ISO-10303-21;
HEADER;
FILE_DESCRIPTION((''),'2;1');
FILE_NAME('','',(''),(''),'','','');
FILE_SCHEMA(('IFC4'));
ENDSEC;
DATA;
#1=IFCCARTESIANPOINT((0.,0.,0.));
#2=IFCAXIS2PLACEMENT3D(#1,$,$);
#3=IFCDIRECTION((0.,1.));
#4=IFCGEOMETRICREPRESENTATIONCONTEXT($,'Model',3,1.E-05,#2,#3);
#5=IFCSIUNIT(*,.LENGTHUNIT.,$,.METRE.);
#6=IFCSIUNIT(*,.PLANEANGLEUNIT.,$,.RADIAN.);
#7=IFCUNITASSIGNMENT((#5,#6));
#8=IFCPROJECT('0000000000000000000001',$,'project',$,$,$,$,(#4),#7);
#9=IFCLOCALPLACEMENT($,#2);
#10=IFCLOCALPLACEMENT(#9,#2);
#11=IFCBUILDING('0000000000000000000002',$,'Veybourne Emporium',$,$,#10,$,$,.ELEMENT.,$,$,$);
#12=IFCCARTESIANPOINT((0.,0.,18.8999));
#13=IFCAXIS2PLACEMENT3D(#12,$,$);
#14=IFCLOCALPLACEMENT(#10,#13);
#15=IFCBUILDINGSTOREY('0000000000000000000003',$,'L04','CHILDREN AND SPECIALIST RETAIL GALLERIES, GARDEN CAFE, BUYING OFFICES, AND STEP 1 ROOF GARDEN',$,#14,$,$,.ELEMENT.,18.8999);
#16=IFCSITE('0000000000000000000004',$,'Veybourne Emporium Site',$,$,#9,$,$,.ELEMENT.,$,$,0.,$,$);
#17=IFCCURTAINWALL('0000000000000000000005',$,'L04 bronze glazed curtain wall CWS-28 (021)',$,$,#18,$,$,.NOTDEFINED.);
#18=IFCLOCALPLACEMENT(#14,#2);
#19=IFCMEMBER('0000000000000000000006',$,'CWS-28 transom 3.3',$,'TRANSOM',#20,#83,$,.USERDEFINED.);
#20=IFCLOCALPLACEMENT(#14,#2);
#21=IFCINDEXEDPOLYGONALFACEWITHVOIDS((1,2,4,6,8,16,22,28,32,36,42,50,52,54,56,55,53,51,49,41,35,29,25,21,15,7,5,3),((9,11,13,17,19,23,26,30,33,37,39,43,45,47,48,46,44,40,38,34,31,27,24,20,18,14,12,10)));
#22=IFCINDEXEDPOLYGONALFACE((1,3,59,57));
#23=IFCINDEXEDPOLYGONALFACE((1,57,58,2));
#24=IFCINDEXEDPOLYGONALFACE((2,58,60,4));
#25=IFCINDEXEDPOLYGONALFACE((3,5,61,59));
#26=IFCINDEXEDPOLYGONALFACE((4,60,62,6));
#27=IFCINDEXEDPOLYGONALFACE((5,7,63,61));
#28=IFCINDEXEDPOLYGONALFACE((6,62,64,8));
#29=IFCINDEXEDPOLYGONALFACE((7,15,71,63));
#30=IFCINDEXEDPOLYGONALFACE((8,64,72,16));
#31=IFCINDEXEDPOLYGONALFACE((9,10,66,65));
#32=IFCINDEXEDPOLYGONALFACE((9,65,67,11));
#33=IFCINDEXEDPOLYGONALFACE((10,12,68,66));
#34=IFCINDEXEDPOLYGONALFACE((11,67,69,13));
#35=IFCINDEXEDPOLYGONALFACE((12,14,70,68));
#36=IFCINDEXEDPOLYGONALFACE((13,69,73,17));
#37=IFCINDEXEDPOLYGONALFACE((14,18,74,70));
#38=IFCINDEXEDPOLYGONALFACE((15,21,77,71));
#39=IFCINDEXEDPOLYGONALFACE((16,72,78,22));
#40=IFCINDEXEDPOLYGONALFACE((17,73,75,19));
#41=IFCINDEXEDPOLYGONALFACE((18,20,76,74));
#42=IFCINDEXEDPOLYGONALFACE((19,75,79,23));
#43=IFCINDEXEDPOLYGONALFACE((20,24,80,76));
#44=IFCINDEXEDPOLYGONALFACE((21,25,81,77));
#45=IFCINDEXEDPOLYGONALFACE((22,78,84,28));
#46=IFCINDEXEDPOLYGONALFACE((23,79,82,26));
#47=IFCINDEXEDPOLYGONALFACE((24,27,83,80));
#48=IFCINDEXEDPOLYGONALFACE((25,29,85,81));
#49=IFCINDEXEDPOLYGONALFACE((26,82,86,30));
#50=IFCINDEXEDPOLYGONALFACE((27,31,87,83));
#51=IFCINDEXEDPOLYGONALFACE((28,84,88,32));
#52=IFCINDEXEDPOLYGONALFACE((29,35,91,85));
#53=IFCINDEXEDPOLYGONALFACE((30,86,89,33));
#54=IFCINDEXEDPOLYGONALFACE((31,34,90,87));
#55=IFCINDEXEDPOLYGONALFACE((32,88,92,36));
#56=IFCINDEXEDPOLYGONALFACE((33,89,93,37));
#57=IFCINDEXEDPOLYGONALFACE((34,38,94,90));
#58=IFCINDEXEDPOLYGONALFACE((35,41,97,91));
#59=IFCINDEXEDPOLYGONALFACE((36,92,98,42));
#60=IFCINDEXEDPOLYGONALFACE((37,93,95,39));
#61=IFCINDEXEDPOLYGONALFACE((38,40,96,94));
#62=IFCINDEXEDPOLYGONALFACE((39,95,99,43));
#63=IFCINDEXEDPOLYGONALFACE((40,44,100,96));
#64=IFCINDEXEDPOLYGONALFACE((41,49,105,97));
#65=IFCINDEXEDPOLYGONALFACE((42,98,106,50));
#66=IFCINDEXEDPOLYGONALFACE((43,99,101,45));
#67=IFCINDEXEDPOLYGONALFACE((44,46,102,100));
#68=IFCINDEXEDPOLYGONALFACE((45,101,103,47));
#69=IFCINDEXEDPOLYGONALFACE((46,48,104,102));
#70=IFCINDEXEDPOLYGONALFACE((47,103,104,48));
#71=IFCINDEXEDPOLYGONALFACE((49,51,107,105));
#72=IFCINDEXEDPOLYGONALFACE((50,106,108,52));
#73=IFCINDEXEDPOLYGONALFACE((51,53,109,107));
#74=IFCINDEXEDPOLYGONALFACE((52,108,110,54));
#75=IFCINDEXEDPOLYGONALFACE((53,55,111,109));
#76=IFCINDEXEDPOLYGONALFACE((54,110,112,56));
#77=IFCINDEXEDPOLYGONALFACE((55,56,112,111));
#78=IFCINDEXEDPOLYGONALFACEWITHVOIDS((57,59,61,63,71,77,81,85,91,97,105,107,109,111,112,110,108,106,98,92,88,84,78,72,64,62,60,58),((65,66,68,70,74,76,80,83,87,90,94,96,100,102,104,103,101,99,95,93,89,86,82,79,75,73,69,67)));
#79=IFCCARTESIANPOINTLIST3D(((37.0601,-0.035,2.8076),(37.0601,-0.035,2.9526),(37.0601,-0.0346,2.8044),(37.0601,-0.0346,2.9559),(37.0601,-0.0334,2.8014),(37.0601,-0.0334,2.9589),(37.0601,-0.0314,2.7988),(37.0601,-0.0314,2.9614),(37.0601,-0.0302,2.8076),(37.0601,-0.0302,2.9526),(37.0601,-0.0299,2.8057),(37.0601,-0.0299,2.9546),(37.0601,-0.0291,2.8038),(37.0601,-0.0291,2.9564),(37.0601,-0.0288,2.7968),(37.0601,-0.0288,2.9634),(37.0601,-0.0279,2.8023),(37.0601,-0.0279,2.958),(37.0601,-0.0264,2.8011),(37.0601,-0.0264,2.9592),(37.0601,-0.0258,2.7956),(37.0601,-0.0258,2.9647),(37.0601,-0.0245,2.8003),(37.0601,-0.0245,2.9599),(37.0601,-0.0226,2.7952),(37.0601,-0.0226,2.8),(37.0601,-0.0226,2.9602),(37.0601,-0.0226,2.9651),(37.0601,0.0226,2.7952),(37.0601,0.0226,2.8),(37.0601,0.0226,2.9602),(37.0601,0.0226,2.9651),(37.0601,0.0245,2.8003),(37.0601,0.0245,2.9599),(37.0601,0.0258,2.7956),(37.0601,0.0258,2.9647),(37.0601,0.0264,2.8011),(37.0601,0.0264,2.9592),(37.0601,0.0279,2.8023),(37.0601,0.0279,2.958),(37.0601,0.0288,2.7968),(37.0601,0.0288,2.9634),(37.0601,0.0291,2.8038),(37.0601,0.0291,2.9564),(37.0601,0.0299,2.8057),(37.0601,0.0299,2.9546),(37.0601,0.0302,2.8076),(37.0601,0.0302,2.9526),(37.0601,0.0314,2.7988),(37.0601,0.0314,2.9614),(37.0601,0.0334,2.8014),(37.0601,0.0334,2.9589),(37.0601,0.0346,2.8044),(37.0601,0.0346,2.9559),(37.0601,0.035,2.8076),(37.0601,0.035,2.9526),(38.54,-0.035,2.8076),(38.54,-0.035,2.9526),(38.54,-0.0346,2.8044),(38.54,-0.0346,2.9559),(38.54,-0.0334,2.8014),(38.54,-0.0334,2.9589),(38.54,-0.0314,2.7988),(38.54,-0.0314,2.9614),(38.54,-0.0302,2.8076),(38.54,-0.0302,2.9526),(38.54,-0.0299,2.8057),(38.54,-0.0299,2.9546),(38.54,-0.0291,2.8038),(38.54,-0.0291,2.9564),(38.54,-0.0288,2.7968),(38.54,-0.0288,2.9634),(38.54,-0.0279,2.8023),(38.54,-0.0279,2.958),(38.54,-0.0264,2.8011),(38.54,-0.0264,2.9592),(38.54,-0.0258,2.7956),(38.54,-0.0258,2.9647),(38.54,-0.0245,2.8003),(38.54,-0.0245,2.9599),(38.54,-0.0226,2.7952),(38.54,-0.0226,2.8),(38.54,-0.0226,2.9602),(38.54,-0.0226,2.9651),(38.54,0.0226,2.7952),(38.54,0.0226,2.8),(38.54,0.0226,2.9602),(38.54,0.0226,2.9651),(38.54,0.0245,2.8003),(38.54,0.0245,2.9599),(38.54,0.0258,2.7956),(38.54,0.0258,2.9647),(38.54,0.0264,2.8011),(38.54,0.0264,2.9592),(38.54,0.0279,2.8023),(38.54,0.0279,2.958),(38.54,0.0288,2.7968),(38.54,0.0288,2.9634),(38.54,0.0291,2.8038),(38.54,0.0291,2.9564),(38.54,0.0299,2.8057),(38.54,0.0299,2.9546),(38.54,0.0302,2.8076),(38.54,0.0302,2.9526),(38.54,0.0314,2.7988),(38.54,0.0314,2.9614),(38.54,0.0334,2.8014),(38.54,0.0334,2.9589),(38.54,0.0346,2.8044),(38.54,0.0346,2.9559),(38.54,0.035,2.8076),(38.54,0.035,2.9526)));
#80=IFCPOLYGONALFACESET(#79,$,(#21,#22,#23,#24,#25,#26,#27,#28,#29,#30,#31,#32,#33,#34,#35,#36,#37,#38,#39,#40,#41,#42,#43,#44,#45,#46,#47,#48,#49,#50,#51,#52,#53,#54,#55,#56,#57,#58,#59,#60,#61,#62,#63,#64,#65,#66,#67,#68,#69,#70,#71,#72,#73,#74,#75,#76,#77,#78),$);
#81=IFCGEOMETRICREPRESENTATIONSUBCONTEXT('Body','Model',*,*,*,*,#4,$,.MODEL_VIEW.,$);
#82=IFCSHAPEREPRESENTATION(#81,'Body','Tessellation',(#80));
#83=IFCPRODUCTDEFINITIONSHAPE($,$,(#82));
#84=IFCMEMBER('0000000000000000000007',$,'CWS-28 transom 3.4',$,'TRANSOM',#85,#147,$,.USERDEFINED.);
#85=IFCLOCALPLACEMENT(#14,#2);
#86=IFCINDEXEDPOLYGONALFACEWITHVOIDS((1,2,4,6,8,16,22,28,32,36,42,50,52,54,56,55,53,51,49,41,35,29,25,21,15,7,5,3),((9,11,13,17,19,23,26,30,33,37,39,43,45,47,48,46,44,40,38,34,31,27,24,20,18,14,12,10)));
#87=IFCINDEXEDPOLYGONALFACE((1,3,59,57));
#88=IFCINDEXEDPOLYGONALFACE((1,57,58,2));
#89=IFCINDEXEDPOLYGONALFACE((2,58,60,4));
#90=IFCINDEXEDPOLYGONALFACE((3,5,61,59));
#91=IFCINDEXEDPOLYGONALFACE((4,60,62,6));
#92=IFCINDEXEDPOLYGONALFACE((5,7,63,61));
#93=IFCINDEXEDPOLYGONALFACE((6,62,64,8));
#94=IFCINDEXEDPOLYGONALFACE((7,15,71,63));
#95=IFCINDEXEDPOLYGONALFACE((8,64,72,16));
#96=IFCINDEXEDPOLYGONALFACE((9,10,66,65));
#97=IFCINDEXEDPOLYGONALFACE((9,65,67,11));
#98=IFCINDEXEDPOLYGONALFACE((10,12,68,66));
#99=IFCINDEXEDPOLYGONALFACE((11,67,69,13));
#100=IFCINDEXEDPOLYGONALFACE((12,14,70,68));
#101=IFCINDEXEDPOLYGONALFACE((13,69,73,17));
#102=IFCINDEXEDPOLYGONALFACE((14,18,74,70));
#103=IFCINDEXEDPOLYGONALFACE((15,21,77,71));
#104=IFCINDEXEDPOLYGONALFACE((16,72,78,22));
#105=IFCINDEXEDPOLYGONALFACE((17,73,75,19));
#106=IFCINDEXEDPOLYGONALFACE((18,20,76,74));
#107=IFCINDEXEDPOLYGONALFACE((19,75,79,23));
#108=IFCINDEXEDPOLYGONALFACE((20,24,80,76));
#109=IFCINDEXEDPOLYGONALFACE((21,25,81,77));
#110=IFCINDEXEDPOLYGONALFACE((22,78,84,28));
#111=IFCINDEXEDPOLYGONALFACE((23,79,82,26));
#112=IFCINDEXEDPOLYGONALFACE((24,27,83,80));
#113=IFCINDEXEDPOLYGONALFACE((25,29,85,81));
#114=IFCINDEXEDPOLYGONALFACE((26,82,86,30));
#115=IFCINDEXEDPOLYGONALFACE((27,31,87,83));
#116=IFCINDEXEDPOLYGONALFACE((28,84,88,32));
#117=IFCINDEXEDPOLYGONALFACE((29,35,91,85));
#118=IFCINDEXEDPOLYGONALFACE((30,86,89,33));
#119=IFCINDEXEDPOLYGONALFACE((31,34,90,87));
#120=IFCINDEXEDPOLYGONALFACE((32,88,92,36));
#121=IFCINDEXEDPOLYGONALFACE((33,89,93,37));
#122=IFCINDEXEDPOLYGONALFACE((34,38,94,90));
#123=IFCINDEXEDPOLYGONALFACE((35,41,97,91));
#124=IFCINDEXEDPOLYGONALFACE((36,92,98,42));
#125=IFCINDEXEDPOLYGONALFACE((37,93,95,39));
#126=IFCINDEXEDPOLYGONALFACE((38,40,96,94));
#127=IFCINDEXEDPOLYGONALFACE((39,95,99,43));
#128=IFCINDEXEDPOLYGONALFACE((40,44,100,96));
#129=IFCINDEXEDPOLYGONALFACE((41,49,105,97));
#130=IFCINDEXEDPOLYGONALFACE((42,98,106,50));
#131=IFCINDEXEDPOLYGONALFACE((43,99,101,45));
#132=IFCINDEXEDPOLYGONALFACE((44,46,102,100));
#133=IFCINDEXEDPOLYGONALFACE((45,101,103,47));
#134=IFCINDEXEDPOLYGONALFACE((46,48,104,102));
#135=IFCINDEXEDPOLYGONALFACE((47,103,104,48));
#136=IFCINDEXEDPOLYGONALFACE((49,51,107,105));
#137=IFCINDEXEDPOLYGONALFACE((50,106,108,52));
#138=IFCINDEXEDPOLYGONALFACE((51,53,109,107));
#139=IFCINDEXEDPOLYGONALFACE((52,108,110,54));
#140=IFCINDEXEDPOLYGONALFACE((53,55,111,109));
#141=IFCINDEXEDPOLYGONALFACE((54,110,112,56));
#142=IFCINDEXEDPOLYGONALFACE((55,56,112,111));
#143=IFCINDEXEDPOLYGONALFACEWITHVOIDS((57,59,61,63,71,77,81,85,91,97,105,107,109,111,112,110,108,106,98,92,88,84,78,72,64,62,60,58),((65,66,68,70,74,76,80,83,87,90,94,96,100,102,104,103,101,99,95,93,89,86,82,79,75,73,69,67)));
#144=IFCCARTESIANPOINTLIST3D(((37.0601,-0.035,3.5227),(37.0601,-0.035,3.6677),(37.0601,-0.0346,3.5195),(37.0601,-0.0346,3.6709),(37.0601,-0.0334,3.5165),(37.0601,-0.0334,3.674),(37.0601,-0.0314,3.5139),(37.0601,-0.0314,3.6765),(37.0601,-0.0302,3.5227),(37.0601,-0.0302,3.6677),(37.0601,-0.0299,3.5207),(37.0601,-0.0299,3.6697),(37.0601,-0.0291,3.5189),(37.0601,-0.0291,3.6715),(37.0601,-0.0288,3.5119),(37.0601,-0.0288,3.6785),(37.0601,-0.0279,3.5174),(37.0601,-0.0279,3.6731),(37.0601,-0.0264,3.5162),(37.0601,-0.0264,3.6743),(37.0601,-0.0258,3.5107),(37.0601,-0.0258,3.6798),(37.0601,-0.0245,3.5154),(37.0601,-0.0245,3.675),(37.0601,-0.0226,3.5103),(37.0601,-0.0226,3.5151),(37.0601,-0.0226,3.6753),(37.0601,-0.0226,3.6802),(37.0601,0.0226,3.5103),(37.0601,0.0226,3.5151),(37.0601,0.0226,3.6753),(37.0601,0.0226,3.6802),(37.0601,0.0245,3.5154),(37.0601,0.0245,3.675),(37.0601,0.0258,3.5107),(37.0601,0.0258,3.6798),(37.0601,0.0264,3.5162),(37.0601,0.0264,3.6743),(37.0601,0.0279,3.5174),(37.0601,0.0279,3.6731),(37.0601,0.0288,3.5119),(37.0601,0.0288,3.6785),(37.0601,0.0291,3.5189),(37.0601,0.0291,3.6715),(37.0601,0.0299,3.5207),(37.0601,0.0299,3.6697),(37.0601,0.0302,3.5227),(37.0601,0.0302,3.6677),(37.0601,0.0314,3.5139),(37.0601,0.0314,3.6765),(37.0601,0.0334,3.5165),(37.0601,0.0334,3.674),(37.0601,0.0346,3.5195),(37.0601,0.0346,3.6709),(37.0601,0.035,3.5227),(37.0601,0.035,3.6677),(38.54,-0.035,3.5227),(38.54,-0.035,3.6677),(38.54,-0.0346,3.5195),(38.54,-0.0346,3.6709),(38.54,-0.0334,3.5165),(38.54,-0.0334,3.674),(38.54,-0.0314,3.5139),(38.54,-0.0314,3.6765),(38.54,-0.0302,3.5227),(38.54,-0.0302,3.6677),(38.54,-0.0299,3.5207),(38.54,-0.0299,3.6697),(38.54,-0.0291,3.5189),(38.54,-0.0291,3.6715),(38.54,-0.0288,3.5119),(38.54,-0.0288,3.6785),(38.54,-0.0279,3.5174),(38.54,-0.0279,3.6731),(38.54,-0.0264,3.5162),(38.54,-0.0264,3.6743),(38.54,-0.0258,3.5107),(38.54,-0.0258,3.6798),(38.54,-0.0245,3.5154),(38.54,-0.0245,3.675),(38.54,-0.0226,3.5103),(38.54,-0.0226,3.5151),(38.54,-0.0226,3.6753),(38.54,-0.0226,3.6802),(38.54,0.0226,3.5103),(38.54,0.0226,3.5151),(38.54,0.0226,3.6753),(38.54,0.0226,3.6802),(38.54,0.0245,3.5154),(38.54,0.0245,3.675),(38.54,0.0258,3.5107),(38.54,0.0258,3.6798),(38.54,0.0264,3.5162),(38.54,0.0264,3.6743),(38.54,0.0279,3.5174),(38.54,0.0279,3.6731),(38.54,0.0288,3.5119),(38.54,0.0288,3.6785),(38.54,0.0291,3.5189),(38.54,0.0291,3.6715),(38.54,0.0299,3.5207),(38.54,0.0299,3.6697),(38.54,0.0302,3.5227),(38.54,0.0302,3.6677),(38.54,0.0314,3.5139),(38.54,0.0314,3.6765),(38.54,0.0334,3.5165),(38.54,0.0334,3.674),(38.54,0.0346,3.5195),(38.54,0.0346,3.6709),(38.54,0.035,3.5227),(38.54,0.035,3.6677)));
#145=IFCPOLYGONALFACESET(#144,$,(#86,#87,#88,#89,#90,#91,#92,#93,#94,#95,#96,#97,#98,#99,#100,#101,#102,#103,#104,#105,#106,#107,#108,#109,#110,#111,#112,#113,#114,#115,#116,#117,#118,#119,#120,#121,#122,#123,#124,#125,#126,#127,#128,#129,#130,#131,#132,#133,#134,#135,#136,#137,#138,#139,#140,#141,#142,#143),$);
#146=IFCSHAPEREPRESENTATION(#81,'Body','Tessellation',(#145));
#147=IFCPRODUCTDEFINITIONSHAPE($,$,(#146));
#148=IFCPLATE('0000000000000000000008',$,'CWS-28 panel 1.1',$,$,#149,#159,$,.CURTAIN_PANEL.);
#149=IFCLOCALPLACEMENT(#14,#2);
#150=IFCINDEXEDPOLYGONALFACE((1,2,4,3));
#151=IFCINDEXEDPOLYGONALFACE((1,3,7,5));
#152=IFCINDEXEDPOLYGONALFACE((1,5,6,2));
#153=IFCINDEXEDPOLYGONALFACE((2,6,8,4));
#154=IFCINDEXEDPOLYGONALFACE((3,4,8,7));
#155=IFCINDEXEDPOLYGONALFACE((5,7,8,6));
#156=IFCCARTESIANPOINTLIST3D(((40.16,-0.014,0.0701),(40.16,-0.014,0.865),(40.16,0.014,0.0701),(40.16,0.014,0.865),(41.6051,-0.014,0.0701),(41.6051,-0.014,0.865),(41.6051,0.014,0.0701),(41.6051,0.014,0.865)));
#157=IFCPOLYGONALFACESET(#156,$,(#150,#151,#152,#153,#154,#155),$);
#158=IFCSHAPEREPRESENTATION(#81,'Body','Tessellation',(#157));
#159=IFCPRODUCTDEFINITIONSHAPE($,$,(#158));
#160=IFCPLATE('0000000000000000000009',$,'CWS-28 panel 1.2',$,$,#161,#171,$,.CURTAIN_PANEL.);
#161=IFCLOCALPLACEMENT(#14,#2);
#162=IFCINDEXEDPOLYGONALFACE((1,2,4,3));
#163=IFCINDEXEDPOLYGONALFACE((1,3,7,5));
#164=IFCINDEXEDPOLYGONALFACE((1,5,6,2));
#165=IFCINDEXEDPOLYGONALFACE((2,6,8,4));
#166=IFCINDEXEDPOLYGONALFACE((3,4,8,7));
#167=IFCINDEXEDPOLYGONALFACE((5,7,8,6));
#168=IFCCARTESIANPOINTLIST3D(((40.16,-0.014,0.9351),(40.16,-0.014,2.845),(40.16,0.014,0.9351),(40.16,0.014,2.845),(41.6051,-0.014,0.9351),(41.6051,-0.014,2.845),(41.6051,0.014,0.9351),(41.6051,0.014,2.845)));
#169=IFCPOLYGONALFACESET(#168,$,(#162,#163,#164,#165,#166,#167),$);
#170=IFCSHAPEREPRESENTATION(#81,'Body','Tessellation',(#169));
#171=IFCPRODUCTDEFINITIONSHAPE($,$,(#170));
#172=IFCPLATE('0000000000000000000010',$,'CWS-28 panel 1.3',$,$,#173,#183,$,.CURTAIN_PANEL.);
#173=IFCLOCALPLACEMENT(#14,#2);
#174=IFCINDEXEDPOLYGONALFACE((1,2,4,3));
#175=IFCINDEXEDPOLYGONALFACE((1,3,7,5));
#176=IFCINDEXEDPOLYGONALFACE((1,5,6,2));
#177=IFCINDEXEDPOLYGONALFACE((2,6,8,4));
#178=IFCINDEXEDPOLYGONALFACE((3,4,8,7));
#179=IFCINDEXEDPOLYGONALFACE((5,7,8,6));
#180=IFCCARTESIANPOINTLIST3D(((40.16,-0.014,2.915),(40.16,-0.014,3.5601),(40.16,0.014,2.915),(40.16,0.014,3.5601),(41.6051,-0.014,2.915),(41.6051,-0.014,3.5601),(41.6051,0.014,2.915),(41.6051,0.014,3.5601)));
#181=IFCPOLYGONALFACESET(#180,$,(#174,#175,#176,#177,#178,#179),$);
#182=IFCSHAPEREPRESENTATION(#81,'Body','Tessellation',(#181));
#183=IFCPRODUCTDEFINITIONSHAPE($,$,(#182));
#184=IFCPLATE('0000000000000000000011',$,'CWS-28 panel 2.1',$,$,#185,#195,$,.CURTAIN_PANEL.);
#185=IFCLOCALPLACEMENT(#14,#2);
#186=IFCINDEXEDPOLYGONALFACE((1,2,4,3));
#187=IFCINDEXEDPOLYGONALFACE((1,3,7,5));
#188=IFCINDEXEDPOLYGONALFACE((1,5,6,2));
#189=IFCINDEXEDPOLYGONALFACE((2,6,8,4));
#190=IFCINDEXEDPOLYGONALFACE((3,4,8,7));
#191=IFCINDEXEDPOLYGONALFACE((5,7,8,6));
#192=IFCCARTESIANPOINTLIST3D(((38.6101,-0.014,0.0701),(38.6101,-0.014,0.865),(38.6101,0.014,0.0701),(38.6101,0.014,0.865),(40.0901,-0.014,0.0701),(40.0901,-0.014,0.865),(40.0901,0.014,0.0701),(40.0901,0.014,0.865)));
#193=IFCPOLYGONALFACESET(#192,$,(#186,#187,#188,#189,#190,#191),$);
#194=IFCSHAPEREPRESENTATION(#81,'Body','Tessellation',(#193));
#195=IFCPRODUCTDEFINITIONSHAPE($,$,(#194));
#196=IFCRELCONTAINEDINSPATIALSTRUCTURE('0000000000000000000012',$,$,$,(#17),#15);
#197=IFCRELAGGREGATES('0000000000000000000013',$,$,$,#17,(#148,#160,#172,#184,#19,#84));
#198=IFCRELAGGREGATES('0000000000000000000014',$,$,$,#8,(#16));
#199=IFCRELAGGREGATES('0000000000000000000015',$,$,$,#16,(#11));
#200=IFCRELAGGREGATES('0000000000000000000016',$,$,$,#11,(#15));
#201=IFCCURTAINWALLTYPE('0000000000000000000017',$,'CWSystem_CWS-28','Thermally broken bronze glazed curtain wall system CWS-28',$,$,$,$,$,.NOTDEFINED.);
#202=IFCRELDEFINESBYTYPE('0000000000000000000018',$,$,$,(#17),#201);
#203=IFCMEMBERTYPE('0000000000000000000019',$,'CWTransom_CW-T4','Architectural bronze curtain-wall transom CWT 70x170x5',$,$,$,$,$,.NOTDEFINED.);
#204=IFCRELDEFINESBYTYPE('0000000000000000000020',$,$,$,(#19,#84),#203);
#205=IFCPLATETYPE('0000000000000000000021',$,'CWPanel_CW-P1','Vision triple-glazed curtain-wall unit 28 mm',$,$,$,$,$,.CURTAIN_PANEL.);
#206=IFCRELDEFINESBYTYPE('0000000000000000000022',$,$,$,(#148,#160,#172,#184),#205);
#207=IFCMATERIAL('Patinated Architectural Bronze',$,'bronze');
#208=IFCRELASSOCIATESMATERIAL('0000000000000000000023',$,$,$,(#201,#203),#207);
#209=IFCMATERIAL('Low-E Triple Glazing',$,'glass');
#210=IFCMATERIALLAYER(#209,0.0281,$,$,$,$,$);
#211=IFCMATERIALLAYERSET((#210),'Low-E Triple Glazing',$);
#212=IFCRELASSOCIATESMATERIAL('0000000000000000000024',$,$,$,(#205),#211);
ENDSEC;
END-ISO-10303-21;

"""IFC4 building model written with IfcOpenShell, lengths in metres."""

from ifc_helpers import new_model, si_unit, direction, frame, origin, origin_2d, place, context, subcontext, project, spatial, rectangle, hollow_rectangle, extrude, material, layer, layer_set, material_profile, profile_set, type_object, element, aggregate, save


model = new_model("IFC4")

# Units and contexts
model_context = context("Model", 3, precision=1e-05, world=origin(), true_north=direction((0.0, 1.0)))
body_context = subcontext(model_context, "Body", "Model", "MODEL_VIEW")
ifc_project = project(units=[si_unit("LENGTHUNIT", "METRE"), si_unit("PLANEANGLEUNIT", "RADIAN")], contexts=[model_context])

# Site, building, storey
site_placement = place(None, origin())
site = spatial("IfcSite", under=ifc_project, at=site_placement, Name="Veybourne Emporium Site", CompositionType="ELEMENT", RefElevation=0.0)
building_placement = place(site_placement, origin())
building = spatial("IfcBuilding", under=site, at=building_placement, Name="Veybourne Emporium", CompositionType="ELEMENT")
storey_placement = place(building_placement, frame((0.0, 0.0, 18.8999)))
storey = spatial("IfcBuildingStorey", under=building, at=storey_placement, Name="L04", Description="CHILDREN AND SPECIALIST RETAIL GALLERIES, GARDEN CAFE, BUYING OFFICES, AND STEP 1 ROOF GARDEN", CompositionType="ELEMENT", Elevation=18.8999)

# Curtain wall, members, plates
ifc_material_1 = material(Name="Patinated Architectural Bronze", Category="bronze")
curtain_wall_type = type_object("IfcCurtainWallType", Name="CWSystem_CWS-28", Description="Thermally broken bronze glazed curtain wall system CWS-28", PredefinedType="NOTDEFINED", material=ifc_material_1)
curtain_wall_placement = place(storey_placement, origin())
curtain_wall = element("IfcCurtainWall", 1, at=curtain_wall_placement, inside=storey, type_object=curtain_wall_type, Name="L04 bronze glazed curtain wall CWS-28 (021)", PredefinedType="NOTDEFINED")
ifc_material_profile_1 = material_profile(ifc_material_1, hollow_rectangle(XDim=0.0701, YDim=0.1699, WallThickness=0.0049, InnerFilletRadius=0.0076, OuterFilletRadius=0.0125, at=origin_2d()), Name="CWT 70x170x5")
ifc_profile_set_1 = profile_set([ifc_material_profile_1], Name="Patinated Architectural Bronze")
member_type_1 = type_object("IfcMemberType", Name="CWTransom_CW-T4", Description="Architectural bronze curtain-wall transom CWT 70x170x5", PredefinedType="NOTDEFINED", material=ifc_profile_set_1)
member_1_placement = place(storey_placement, frame((38.54, 0.0, 2.8801), z_axis=(-1.0, 0.0, 0.0), x_axis=(0.0, -1.0, 0.0)))
member_1 = element("IfcMember", 2, at=member_1_placement, type_object=member_type_1, Name="CWS-28 transom 3.3", ObjectType="TRANSOM", PredefinedType="USERDEFINED", context=body_context, shape_type="SweptSolid", body=[
    extrude(hollow_rectangle(XDim=0.0701, YDim=0.1699, WallThickness=0.0049, InnerFilletRadius=0.0076, OuterFilletRadius=0.0125, at=origin_2d()), origin(), (0.0, 0.0, 1.0), 1.48),
])
member_2_placement = place(storey_placement, frame((38.54, 0.0, 3.5952), z_axis=(-1.0, 0.0, 0.0), x_axis=(0.0, -1.0, 0.0)))
member_2 = element("IfcMember", 3, at=member_2_placement, type_object=member_type_1, Name="CWS-28 transom 3.4", ObjectType="TRANSOM", PredefinedType="USERDEFINED", context=body_context, shape_type="SweptSolid", body=[
    extrude(hollow_rectangle(XDim=0.0701, YDim=0.1699, WallThickness=0.0049, InnerFilletRadius=0.0076, OuterFilletRadius=0.0125, at=origin_2d()), origin(), (0.0, 0.0, 1.0), 1.48),
])
ifc_material_2 = material(Name="Low-E Triple Glazing", Category="glass")
ifc_layer_1 = layer(ifc_material_2, 0.0281)
ifc_layer_set_1 = layer_set([ifc_layer_1], Name="Low-E Triple Glazing")
plate_type = type_object("IfcPlateType", Name="CWPanel_CW-P1", Description="Vision triple-glazed curtain-wall unit 28 mm", PredefinedType="CURTAIN_PANEL", material=ifc_layer_set_1)
plate_1_placement = place(storey_placement, frame((40.8826, 0.0, 0.0701), z_axis=(0.0, 0.0, 1.0), x_axis=(-1.0, 0.0, 0.0)))
plate_1 = element("IfcPlate", 4, at=plate_1_placement, type_object=plate_type, Name="CWS-28 panel 1.1", PredefinedType="CURTAIN_PANEL", context=body_context, shape_type="SweptSolid", body=[
    extrude(rectangle(XDim=1.4451, YDim=0.0281, at=origin_2d()), origin(), (0.0, 0.0, 1.0), 0.7949),
])
plate_2_placement = place(storey_placement, frame((40.8826, 0.0, 0.9351), z_axis=(0.0, 0.0, 1.0), x_axis=(-1.0, 0.0, 0.0)))
plate_2 = element("IfcPlate", 5, at=plate_2_placement, type_object=plate_type, Name="CWS-28 panel 1.2", PredefinedType="CURTAIN_PANEL", context=body_context, shape_type="SweptSolid", body=[
    extrude(rectangle(XDim=1.4451, YDim=0.0281, at=origin_2d()), origin(), (0.0, 0.0, 1.0), 1.9099),
])
plate_3_placement = place(storey_placement, frame((40.8826, 0.0, 2.915), z_axis=(0.0, 0.0, 1.0), x_axis=(-1.0, 0.0, 0.0)))
plate_3 = element("IfcPlate", 6, at=plate_3_placement, type_object=plate_type, Name="CWS-28 panel 1.3", PredefinedType="CURTAIN_PANEL", context=body_context, shape_type="SweptSolid", body=[
    extrude(rectangle(XDim=1.4451, YDim=0.0281, at=origin_2d()), origin(), (0.0, 0.0, 1.0), 0.645),
])
plate_4_placement = place(storey_placement, frame((39.3501, 0.0, 0.0701), z_axis=(0.0, 0.0, 1.0), x_axis=(-1.0, 0.0, 0.0)))
plate_4 = element("IfcPlate", 7, at=plate_4_placement, type_object=plate_type, Name="CWS-28 panel 2.1", PredefinedType="CURTAIN_PANEL", context=body_context, shape_type="SweptSolid", body=[
    extrude(rectangle(XDim=1.48, YDim=0.0281, at=origin_2d()), origin(), (0.0, 0.0, 1.0), 0.7949),
])
aggregate(curtain_wall, [plate_1, plate_2, plate_3, plate_4, member_1, member_2])

save(model, "model.ifc")
